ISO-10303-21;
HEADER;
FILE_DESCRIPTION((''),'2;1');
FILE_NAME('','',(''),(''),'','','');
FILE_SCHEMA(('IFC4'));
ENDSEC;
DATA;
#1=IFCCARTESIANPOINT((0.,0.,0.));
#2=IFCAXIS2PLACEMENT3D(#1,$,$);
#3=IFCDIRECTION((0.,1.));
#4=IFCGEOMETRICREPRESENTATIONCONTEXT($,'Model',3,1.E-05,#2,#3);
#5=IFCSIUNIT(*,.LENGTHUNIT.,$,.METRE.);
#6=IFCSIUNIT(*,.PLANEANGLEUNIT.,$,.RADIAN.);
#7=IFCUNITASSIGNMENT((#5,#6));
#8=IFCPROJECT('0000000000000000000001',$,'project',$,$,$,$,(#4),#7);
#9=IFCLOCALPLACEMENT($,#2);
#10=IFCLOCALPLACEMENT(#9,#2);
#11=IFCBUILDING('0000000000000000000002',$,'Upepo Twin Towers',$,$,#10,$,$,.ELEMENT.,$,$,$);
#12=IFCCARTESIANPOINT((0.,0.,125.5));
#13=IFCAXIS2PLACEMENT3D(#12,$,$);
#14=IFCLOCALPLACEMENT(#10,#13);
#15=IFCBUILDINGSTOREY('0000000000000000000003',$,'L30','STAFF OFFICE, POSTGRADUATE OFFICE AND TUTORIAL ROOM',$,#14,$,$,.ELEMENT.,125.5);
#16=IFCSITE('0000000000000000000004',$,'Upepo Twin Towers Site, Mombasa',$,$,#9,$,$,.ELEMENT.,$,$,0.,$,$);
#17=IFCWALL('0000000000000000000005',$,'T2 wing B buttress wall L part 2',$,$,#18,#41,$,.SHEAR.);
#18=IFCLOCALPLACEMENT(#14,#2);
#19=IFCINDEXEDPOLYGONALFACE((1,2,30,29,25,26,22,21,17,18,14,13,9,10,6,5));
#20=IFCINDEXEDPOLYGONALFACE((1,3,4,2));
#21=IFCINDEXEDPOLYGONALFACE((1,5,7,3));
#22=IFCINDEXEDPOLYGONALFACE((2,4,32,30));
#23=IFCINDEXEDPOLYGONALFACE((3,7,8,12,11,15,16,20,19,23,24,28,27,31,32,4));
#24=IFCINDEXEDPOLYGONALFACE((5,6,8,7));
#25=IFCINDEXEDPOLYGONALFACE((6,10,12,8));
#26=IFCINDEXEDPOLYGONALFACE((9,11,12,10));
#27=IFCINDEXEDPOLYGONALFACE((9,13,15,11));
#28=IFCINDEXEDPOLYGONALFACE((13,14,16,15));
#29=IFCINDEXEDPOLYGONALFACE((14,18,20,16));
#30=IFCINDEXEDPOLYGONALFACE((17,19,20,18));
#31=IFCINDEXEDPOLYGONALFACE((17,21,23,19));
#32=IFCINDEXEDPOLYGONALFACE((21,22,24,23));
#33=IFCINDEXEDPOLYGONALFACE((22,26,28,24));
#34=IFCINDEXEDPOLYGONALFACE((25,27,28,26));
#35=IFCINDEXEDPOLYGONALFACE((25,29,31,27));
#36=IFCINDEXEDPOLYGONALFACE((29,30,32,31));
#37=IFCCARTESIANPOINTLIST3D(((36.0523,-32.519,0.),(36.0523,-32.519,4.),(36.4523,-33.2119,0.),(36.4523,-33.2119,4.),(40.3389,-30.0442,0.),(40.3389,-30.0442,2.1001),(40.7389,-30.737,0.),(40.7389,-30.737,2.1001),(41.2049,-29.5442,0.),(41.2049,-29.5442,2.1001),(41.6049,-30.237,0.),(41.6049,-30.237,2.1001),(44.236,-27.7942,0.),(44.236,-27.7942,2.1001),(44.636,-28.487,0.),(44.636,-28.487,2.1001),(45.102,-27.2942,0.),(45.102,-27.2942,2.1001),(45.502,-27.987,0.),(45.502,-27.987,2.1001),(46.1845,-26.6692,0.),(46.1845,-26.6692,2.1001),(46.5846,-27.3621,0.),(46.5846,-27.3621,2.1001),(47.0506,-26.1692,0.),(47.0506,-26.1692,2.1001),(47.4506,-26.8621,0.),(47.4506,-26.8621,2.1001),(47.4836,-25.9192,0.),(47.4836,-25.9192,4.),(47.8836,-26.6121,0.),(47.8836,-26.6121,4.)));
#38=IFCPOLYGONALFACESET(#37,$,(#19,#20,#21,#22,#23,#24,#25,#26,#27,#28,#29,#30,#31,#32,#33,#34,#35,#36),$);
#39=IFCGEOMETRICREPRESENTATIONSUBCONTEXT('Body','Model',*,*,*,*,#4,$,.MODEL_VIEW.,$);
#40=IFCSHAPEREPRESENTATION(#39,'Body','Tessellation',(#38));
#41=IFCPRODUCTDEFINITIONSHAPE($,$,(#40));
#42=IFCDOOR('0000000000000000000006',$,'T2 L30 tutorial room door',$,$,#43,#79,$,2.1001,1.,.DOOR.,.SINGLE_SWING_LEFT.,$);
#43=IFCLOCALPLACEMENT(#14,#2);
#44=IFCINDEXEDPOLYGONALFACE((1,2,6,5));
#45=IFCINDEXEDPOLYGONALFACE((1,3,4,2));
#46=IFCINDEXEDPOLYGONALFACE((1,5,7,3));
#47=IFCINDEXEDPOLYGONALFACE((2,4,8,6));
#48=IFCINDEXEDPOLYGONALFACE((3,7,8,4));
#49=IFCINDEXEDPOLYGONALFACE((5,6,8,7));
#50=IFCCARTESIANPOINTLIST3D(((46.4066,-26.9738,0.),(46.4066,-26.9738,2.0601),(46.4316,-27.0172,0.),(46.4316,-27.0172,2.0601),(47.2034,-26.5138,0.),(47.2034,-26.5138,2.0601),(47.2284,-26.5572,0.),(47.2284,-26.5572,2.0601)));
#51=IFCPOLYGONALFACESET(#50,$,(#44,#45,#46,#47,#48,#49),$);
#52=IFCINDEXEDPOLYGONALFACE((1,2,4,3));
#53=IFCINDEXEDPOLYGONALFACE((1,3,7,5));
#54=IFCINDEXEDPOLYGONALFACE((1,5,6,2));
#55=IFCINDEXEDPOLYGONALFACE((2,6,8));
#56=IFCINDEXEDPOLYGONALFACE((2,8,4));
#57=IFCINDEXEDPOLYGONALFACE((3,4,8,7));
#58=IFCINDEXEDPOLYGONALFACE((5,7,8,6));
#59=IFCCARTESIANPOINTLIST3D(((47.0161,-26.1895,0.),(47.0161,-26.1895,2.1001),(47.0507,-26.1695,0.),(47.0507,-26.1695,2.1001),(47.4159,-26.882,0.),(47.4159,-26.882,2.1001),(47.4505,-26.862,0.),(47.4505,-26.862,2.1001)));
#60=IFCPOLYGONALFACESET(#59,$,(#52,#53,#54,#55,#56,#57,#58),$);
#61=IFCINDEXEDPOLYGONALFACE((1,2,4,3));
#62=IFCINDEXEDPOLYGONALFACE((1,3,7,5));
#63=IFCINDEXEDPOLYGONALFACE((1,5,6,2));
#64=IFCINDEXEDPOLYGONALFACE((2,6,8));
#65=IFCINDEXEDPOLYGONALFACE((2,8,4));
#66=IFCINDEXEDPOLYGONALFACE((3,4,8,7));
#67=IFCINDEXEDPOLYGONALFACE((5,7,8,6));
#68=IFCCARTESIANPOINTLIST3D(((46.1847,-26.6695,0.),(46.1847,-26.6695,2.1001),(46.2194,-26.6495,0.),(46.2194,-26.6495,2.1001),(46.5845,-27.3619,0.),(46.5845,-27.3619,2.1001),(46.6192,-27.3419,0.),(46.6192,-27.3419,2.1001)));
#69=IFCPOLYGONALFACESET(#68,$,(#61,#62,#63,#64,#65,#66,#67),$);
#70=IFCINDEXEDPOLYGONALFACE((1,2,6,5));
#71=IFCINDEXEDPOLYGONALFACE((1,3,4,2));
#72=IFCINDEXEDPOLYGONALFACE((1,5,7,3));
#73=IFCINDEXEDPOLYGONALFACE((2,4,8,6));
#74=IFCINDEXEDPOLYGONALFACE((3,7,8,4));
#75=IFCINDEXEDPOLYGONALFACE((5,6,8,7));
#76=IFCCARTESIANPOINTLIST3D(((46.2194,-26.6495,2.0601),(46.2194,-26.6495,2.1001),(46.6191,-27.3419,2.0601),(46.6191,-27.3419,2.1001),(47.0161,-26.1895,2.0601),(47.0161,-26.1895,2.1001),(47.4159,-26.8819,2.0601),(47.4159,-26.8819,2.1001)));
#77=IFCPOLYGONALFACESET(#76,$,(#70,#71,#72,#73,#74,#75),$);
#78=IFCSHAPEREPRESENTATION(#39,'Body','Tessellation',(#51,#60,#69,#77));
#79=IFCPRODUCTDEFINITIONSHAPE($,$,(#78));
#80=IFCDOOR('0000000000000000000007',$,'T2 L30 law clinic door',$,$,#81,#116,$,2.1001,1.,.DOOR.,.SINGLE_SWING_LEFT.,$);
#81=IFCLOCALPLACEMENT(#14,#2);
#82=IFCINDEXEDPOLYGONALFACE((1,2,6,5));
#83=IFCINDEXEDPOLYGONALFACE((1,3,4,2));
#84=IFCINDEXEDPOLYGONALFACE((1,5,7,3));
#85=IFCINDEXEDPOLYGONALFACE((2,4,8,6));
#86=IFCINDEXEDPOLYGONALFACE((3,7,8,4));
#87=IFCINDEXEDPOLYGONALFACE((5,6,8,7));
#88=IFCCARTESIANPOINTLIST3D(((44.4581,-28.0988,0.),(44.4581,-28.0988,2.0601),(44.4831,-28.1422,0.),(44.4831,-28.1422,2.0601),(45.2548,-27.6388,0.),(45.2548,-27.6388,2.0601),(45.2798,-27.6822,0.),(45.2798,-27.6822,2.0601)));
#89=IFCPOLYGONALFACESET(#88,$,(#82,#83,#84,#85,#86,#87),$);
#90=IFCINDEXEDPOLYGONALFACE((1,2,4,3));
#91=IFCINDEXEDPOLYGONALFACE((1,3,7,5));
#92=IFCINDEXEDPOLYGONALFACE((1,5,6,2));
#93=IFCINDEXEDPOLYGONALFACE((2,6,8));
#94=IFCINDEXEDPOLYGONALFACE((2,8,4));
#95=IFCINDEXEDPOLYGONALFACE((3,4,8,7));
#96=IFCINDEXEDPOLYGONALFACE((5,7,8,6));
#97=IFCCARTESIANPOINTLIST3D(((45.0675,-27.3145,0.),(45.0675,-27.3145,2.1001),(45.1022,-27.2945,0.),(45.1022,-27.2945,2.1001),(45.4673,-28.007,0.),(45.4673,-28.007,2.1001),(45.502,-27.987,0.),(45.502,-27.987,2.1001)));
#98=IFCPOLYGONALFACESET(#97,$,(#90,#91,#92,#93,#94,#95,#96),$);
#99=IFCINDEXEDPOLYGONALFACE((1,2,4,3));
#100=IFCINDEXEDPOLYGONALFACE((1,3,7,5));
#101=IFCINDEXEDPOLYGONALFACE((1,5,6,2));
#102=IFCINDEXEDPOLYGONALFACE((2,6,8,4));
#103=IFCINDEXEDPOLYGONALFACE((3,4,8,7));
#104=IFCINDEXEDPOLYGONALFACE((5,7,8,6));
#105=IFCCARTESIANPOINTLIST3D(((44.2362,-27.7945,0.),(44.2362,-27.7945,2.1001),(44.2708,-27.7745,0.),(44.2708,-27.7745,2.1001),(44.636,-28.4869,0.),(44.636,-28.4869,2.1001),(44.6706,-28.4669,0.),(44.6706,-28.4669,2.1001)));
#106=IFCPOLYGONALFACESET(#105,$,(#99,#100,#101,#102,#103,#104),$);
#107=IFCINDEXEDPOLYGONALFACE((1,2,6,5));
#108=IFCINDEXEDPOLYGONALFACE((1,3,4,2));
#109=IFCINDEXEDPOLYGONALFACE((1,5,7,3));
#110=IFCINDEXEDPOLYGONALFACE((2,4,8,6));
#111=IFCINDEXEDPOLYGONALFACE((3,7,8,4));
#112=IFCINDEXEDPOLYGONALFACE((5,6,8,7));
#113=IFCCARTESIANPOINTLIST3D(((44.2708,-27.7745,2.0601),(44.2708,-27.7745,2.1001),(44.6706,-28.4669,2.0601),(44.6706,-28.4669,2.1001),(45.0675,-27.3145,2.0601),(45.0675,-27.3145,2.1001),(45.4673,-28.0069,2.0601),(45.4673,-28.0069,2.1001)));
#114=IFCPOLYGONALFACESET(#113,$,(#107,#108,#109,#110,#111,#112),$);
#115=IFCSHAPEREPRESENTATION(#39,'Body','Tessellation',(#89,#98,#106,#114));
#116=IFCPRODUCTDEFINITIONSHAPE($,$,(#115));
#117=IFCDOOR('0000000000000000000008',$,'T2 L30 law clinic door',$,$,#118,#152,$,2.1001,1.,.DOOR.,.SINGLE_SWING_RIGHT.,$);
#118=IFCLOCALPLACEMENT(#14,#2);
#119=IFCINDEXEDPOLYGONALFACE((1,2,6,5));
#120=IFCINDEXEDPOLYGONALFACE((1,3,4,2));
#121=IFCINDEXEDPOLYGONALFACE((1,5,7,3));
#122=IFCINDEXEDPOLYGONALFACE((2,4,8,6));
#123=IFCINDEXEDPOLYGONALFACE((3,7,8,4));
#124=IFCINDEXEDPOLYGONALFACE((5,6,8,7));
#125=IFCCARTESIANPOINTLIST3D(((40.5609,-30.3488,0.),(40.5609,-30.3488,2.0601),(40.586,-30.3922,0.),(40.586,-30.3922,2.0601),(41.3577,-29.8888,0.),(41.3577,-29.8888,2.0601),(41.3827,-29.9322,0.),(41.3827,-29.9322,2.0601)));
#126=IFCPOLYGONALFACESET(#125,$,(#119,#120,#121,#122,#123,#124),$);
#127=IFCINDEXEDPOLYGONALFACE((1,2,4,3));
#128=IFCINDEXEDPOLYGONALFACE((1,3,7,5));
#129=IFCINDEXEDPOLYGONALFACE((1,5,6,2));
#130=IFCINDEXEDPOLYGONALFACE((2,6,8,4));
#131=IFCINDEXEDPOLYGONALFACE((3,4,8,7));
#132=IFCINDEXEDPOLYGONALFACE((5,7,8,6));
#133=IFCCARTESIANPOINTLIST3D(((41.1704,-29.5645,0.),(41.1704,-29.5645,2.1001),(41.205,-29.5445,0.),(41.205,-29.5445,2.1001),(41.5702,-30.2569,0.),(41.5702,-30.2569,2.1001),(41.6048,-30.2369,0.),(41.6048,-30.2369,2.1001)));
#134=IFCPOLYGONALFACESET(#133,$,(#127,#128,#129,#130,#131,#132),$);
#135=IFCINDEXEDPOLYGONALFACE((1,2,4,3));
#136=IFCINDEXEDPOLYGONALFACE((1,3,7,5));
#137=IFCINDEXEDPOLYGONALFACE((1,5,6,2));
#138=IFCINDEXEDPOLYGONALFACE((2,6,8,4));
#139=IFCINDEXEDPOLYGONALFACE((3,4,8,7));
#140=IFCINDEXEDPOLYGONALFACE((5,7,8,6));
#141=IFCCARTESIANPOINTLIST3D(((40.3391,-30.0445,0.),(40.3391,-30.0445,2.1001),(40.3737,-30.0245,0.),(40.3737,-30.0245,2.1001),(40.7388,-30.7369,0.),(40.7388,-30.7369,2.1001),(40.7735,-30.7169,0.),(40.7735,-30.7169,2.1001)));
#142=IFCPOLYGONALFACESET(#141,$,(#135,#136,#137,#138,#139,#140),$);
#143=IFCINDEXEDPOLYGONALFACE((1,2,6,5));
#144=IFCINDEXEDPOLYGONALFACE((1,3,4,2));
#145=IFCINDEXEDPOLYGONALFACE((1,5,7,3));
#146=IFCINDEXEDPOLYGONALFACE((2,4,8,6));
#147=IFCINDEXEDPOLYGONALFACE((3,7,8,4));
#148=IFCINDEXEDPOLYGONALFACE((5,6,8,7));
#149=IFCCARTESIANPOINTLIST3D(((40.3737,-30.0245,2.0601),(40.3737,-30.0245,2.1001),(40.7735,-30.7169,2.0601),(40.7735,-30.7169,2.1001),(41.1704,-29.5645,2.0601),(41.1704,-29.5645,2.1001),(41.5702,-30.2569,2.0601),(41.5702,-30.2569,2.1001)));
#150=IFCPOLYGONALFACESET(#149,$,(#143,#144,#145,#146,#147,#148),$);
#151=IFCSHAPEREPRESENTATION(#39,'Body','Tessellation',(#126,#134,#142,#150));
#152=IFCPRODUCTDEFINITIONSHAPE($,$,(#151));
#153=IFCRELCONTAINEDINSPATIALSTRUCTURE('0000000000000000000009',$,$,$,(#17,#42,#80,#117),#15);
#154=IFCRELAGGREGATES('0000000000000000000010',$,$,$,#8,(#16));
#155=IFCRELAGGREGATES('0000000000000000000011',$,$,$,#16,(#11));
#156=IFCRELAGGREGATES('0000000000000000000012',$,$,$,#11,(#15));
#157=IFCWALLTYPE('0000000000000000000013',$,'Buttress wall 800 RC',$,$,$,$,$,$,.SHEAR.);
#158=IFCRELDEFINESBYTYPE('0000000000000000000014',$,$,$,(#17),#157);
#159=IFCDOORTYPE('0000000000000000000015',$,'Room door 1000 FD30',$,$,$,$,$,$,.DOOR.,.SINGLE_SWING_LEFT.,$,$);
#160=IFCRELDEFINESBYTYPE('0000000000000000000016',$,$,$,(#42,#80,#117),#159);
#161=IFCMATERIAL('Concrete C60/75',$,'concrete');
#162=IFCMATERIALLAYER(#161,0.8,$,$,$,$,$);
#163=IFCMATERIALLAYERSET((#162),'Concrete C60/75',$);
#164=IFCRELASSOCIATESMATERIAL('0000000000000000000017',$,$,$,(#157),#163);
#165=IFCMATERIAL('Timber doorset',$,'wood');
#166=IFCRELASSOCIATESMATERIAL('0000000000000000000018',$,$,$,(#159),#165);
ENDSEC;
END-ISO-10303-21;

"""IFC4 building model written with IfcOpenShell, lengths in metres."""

from ifc_helpers import new_model, si_unit, direction, frame, frame_2d, origin, place, context, subcontext, project, spatial, rectangle, extrude, material, layer, layer_set, type_object, element, fill, save


model = new_model("IFC4")

# Units and contexts
model_context = context("Model", 3, precision=1e-05, world=origin(), true_north=direction((0.0, 1.0)))
body_context = subcontext(model_context, "Body", "Model", "MODEL_VIEW")
ifc_project = project(units=[si_unit("LENGTHUNIT", "METRE"), si_unit("PLANEANGLEUNIT", "RADIAN")], contexts=[model_context])

# Site, building, storey
site_placement = place(None, origin())
site = spatial("IfcSite", under=ifc_project, at=site_placement, Name="Upepo Twin Towers Site, Mombasa", CompositionType="ELEMENT", RefElevation=0.0)
building_placement = place(site_placement, origin())
building = spatial("IfcBuilding", under=site, at=building_placement, Name="Upepo Twin Towers", CompositionType="ELEMENT")
storey_placement = place(building_placement, frame((0.0, 0.0, 125.5)))
storey = spatial("IfcBuildingStorey", under=building, at=storey_placement, Name="L30", Description="STAFF OFFICE, POSTGRADUATE OFFICE AND TUTORIAL ROOM", CompositionType="ELEMENT", Elevation=125.5)

# Wall, openings, doors
ifc_material_1 = material(Name="Concrete C60/75", Category="concrete")
ifc_layer_1 = layer(ifc_material_1, 0.8)
ifc_layer_set_1 = layer_set([ifc_layer_1], Name="Concrete C60/75")
wall_type_1 = type_object("IfcWallType", Name="Buttress wall 800 RC", PredefinedType="SHEAR", material=ifc_layer_set_1)
wall_1_placement = place(storey_placement, frame((47.6836, -26.2656, 0.0), z_axis=(0.0, 0.0, 1.0), x_axis=(-0.866028, -0.499996, 0.0)))
wall_1 = element("IfcWall", 1, at=wall_1_placement, inside=storey, type_object=wall_type_1, Name="T2 wing B buttress wall L part 2", PredefinedType="SHEAR", context=body_context, shape_type="SweptSolid", body=[
    extrude(rectangle(XDim=13.1997, YDim=0.8, at=frame_2d((6.5999, 0.0))), origin(), (0.0, 0.0, 1.0), 4.0),
])
opening_1_placement = place(wall_1_placement, frame((0.5, 0.0, 0.0)))
opening_1 = element("IfcOpeningElement", 2, at=opening_1_placement, cuts=wall_1, PredefinedType="OPENING", context=body_context, shape_type="SweptSolid", body=[
    extrude(rectangle(XDim=1.0, YDim=2.1001, at=frame_2d((0.5, 1.05))), frame((0.0, 0.4099, 0.0), z_axis=(0.0, -1.0, 0.0), x_axis=(1.0, 0.0, 0.0)), (0.0, 0.0, 1.0), 0.8201),
])
opening_2_placement = place(wall_1_placement, frame((2.75, 0.0, 0.0)))
opening_2 = element("IfcOpeningElement", 3, at=opening_2_placement, cuts=wall_1, PredefinedType="OPENING", context=body_context, shape_type="SweptSolid", body=[
    extrude(rectangle(XDim=1.0, YDim=2.1001, at=frame_2d((0.5, 1.05))), frame((0.0, 0.4099, 0.0), z_axis=(0.0, -1.0, 0.0), x_axis=(1.0, 0.0, 0.0)), (0.0, 0.0, 1.0), 0.8201),
])
opening_3_placement = place(wall_1_placement, frame((7.25, 0.0, 0.0)))
opening_3 = element("IfcOpeningElement", 4, at=opening_3_placement, cuts=wall_1, PredefinedType="OPENING", context=body_context, shape_type="SweptSolid", body=[
    extrude(rectangle(XDim=1.0, YDim=2.1001, at=frame_2d((0.5, 1.05))), frame((0.0, 0.4099, 0.0), z_axis=(0.0, -1.0, 0.0), x_axis=(1.0, 0.0, 0.0)), (0.0, 0.0, 1.0), 0.8201),
])
ifc_material_2 = material(Name="Timber doorset", Category="wood")
door_type_1 = type_object("IfcDoorType", Name="Room door 1000 FD30", OperationType="SINGLE_SWING_LEFT", PredefinedType="DOOR", material=ifc_material_2)
door_1_placement = place(opening_1_placement, origin())
door_1 = element("IfcDoor", 5, at=door_1_placement, inside=storey, type_object=door_type_1, Name="T2 L30 tutorial room door", OperationType="SINGLE_SWING_LEFT", OverallHeight=2.1001, OverallWidth=1.0, PredefinedType="DOOR", context=body_context, shape_type="SweptSolid", body=[
    extrude(rectangle(XDim=0.92, YDim=2.0601, at=frame_2d((0.5, 1.03))), frame((0.0, 0.0249, 0.0), z_axis=(0.0, -1.0, 0.0), x_axis=(1.0, 0.0, 0.0)), (0.0, 0.0, 1.0), 0.05),
    extrude(rectangle(XDim=0.04, YDim=2.1001, at=frame_2d((0.02, 1.05))), frame((0.0, 0.3999, 0.0), z_axis=(0.0, -1.0, 0.0), x_axis=(1.0, 0.0, 0.0)), (0.0, 0.0, 1.0), 0.7996),
    extrude(rectangle(XDim=0.04, YDim=2.1001, at=frame_2d((0.98, 1.05))), frame((0.0, 0.3999, 0.0), z_axis=(0.0, -1.0, 0.0), x_axis=(1.0, 0.0, 0.0)), (0.0, 0.0, 1.0), 0.7996),
    extrude(rectangle(XDim=0.92, YDim=0.04, at=frame_2d((0.5, 2.0801))), frame((0.0, 0.3999, 0.0), z_axis=(0.0, -1.0, 0.0), x_axis=(1.0, 0.0, 0.0)), (0.0, 0.0, 1.0), 0.7996),
])
fill(opening_1, door_1)
door_2_placement = place(opening_2_placement, origin())
door_2 = element("IfcDoor", 6, at=door_2_placement, inside=storey, type_object=door_type_1, Name="T2 L30 law clinic door", OperationType="SINGLE_SWING_LEFT", OverallHeight=2.1001, OverallWidth=1.0, PredefinedType="DOOR", context=body_context, shape_type="SweptSolid", body=[
    extrude(rectangle(XDim=0.92, YDim=2.0601, at=frame_2d((0.5, 1.03))), frame((0.0, 0.0249, 0.0), z_axis=(0.0, -1.0, 0.0), x_axis=(1.0, 0.0, 0.0)), (0.0, 0.0, 1.0), 0.05),
    extrude(rectangle(XDim=0.04, YDim=2.1001, at=frame_2d((0.02, 1.05))), frame((0.0, 0.3999, 0.0), z_axis=(0.0, -1.0, 0.0), x_axis=(1.0, 0.0, 0.0)), (0.0, 0.0, 1.0), 0.7996),
    extrude(rectangle(XDim=0.04, YDim=2.1001, at=frame_2d((0.98, 1.05))), frame((0.0, 0.3999, 0.0), z_axis=(0.0, -1.0, 0.0), x_axis=(1.0, 0.0, 0.0)), (0.0, 0.0, 1.0), 0.7996),
    extrude(rectangle(XDim=0.92, YDim=0.04, at=frame_2d((0.5, 2.0801))), frame((0.0, 0.3999, 0.0), z_axis=(0.0, -1.0, 0.0), x_axis=(1.0, 0.0, 0.0)), (0.0, 0.0, 1.0), 0.7996),
])
fill(opening_2, door_2)
door_3_placement = place(opening_3_placement, origin())
door_3 = element("IfcDoor", 7, at=door_3_placement, inside=storey, type_object=door_type_1, Name="T2 L30 law clinic door", OperationType="SINGLE_SWING_RIGHT", OverallHeight=2.1001, OverallWidth=1.0, PredefinedType="DOOR", context=body_context, shape_type="SweptSolid", body=[
    extrude(rectangle(XDim=0.92, YDim=2.0601, at=frame_2d((0.5, 1.03))), frame((0.0, 0.0249, 0.0), z_axis=(0.0, -1.0, 0.0), x_axis=(1.0, 0.0, 0.0)), (0.0, 0.0, 1.0), 0.05),
    extrude(rectangle(XDim=0.04, YDim=2.1001, at=frame_2d((0.02, 1.05))), frame((0.0, 0.3999, 0.0), z_axis=(0.0, -1.0, 0.0), x_axis=(1.0, 0.0, 0.0)), (0.0, 0.0, 1.0), 0.7996),
    extrude(rectangle(XDim=0.04, YDim=2.1001, at=frame_2d((0.98, 1.05))), frame((0.0, 0.3999, 0.0), z_axis=(0.0, -1.0, 0.0), x_axis=(1.0, 0.0, 0.0)), (0.0, 0.0, 1.0), 0.7996),
    extrude(rectangle(XDim=0.92, YDim=0.04, at=frame_2d((0.5, 2.0801))), frame((0.0, 0.3999, 0.0), z_axis=(0.0, -1.0, 0.0), x_axis=(1.0, 0.0, 0.0)), (0.0, 0.0, 1.0), 0.7996),
])
fill(opening_3, door_3)

save(model, "model.ifc")
